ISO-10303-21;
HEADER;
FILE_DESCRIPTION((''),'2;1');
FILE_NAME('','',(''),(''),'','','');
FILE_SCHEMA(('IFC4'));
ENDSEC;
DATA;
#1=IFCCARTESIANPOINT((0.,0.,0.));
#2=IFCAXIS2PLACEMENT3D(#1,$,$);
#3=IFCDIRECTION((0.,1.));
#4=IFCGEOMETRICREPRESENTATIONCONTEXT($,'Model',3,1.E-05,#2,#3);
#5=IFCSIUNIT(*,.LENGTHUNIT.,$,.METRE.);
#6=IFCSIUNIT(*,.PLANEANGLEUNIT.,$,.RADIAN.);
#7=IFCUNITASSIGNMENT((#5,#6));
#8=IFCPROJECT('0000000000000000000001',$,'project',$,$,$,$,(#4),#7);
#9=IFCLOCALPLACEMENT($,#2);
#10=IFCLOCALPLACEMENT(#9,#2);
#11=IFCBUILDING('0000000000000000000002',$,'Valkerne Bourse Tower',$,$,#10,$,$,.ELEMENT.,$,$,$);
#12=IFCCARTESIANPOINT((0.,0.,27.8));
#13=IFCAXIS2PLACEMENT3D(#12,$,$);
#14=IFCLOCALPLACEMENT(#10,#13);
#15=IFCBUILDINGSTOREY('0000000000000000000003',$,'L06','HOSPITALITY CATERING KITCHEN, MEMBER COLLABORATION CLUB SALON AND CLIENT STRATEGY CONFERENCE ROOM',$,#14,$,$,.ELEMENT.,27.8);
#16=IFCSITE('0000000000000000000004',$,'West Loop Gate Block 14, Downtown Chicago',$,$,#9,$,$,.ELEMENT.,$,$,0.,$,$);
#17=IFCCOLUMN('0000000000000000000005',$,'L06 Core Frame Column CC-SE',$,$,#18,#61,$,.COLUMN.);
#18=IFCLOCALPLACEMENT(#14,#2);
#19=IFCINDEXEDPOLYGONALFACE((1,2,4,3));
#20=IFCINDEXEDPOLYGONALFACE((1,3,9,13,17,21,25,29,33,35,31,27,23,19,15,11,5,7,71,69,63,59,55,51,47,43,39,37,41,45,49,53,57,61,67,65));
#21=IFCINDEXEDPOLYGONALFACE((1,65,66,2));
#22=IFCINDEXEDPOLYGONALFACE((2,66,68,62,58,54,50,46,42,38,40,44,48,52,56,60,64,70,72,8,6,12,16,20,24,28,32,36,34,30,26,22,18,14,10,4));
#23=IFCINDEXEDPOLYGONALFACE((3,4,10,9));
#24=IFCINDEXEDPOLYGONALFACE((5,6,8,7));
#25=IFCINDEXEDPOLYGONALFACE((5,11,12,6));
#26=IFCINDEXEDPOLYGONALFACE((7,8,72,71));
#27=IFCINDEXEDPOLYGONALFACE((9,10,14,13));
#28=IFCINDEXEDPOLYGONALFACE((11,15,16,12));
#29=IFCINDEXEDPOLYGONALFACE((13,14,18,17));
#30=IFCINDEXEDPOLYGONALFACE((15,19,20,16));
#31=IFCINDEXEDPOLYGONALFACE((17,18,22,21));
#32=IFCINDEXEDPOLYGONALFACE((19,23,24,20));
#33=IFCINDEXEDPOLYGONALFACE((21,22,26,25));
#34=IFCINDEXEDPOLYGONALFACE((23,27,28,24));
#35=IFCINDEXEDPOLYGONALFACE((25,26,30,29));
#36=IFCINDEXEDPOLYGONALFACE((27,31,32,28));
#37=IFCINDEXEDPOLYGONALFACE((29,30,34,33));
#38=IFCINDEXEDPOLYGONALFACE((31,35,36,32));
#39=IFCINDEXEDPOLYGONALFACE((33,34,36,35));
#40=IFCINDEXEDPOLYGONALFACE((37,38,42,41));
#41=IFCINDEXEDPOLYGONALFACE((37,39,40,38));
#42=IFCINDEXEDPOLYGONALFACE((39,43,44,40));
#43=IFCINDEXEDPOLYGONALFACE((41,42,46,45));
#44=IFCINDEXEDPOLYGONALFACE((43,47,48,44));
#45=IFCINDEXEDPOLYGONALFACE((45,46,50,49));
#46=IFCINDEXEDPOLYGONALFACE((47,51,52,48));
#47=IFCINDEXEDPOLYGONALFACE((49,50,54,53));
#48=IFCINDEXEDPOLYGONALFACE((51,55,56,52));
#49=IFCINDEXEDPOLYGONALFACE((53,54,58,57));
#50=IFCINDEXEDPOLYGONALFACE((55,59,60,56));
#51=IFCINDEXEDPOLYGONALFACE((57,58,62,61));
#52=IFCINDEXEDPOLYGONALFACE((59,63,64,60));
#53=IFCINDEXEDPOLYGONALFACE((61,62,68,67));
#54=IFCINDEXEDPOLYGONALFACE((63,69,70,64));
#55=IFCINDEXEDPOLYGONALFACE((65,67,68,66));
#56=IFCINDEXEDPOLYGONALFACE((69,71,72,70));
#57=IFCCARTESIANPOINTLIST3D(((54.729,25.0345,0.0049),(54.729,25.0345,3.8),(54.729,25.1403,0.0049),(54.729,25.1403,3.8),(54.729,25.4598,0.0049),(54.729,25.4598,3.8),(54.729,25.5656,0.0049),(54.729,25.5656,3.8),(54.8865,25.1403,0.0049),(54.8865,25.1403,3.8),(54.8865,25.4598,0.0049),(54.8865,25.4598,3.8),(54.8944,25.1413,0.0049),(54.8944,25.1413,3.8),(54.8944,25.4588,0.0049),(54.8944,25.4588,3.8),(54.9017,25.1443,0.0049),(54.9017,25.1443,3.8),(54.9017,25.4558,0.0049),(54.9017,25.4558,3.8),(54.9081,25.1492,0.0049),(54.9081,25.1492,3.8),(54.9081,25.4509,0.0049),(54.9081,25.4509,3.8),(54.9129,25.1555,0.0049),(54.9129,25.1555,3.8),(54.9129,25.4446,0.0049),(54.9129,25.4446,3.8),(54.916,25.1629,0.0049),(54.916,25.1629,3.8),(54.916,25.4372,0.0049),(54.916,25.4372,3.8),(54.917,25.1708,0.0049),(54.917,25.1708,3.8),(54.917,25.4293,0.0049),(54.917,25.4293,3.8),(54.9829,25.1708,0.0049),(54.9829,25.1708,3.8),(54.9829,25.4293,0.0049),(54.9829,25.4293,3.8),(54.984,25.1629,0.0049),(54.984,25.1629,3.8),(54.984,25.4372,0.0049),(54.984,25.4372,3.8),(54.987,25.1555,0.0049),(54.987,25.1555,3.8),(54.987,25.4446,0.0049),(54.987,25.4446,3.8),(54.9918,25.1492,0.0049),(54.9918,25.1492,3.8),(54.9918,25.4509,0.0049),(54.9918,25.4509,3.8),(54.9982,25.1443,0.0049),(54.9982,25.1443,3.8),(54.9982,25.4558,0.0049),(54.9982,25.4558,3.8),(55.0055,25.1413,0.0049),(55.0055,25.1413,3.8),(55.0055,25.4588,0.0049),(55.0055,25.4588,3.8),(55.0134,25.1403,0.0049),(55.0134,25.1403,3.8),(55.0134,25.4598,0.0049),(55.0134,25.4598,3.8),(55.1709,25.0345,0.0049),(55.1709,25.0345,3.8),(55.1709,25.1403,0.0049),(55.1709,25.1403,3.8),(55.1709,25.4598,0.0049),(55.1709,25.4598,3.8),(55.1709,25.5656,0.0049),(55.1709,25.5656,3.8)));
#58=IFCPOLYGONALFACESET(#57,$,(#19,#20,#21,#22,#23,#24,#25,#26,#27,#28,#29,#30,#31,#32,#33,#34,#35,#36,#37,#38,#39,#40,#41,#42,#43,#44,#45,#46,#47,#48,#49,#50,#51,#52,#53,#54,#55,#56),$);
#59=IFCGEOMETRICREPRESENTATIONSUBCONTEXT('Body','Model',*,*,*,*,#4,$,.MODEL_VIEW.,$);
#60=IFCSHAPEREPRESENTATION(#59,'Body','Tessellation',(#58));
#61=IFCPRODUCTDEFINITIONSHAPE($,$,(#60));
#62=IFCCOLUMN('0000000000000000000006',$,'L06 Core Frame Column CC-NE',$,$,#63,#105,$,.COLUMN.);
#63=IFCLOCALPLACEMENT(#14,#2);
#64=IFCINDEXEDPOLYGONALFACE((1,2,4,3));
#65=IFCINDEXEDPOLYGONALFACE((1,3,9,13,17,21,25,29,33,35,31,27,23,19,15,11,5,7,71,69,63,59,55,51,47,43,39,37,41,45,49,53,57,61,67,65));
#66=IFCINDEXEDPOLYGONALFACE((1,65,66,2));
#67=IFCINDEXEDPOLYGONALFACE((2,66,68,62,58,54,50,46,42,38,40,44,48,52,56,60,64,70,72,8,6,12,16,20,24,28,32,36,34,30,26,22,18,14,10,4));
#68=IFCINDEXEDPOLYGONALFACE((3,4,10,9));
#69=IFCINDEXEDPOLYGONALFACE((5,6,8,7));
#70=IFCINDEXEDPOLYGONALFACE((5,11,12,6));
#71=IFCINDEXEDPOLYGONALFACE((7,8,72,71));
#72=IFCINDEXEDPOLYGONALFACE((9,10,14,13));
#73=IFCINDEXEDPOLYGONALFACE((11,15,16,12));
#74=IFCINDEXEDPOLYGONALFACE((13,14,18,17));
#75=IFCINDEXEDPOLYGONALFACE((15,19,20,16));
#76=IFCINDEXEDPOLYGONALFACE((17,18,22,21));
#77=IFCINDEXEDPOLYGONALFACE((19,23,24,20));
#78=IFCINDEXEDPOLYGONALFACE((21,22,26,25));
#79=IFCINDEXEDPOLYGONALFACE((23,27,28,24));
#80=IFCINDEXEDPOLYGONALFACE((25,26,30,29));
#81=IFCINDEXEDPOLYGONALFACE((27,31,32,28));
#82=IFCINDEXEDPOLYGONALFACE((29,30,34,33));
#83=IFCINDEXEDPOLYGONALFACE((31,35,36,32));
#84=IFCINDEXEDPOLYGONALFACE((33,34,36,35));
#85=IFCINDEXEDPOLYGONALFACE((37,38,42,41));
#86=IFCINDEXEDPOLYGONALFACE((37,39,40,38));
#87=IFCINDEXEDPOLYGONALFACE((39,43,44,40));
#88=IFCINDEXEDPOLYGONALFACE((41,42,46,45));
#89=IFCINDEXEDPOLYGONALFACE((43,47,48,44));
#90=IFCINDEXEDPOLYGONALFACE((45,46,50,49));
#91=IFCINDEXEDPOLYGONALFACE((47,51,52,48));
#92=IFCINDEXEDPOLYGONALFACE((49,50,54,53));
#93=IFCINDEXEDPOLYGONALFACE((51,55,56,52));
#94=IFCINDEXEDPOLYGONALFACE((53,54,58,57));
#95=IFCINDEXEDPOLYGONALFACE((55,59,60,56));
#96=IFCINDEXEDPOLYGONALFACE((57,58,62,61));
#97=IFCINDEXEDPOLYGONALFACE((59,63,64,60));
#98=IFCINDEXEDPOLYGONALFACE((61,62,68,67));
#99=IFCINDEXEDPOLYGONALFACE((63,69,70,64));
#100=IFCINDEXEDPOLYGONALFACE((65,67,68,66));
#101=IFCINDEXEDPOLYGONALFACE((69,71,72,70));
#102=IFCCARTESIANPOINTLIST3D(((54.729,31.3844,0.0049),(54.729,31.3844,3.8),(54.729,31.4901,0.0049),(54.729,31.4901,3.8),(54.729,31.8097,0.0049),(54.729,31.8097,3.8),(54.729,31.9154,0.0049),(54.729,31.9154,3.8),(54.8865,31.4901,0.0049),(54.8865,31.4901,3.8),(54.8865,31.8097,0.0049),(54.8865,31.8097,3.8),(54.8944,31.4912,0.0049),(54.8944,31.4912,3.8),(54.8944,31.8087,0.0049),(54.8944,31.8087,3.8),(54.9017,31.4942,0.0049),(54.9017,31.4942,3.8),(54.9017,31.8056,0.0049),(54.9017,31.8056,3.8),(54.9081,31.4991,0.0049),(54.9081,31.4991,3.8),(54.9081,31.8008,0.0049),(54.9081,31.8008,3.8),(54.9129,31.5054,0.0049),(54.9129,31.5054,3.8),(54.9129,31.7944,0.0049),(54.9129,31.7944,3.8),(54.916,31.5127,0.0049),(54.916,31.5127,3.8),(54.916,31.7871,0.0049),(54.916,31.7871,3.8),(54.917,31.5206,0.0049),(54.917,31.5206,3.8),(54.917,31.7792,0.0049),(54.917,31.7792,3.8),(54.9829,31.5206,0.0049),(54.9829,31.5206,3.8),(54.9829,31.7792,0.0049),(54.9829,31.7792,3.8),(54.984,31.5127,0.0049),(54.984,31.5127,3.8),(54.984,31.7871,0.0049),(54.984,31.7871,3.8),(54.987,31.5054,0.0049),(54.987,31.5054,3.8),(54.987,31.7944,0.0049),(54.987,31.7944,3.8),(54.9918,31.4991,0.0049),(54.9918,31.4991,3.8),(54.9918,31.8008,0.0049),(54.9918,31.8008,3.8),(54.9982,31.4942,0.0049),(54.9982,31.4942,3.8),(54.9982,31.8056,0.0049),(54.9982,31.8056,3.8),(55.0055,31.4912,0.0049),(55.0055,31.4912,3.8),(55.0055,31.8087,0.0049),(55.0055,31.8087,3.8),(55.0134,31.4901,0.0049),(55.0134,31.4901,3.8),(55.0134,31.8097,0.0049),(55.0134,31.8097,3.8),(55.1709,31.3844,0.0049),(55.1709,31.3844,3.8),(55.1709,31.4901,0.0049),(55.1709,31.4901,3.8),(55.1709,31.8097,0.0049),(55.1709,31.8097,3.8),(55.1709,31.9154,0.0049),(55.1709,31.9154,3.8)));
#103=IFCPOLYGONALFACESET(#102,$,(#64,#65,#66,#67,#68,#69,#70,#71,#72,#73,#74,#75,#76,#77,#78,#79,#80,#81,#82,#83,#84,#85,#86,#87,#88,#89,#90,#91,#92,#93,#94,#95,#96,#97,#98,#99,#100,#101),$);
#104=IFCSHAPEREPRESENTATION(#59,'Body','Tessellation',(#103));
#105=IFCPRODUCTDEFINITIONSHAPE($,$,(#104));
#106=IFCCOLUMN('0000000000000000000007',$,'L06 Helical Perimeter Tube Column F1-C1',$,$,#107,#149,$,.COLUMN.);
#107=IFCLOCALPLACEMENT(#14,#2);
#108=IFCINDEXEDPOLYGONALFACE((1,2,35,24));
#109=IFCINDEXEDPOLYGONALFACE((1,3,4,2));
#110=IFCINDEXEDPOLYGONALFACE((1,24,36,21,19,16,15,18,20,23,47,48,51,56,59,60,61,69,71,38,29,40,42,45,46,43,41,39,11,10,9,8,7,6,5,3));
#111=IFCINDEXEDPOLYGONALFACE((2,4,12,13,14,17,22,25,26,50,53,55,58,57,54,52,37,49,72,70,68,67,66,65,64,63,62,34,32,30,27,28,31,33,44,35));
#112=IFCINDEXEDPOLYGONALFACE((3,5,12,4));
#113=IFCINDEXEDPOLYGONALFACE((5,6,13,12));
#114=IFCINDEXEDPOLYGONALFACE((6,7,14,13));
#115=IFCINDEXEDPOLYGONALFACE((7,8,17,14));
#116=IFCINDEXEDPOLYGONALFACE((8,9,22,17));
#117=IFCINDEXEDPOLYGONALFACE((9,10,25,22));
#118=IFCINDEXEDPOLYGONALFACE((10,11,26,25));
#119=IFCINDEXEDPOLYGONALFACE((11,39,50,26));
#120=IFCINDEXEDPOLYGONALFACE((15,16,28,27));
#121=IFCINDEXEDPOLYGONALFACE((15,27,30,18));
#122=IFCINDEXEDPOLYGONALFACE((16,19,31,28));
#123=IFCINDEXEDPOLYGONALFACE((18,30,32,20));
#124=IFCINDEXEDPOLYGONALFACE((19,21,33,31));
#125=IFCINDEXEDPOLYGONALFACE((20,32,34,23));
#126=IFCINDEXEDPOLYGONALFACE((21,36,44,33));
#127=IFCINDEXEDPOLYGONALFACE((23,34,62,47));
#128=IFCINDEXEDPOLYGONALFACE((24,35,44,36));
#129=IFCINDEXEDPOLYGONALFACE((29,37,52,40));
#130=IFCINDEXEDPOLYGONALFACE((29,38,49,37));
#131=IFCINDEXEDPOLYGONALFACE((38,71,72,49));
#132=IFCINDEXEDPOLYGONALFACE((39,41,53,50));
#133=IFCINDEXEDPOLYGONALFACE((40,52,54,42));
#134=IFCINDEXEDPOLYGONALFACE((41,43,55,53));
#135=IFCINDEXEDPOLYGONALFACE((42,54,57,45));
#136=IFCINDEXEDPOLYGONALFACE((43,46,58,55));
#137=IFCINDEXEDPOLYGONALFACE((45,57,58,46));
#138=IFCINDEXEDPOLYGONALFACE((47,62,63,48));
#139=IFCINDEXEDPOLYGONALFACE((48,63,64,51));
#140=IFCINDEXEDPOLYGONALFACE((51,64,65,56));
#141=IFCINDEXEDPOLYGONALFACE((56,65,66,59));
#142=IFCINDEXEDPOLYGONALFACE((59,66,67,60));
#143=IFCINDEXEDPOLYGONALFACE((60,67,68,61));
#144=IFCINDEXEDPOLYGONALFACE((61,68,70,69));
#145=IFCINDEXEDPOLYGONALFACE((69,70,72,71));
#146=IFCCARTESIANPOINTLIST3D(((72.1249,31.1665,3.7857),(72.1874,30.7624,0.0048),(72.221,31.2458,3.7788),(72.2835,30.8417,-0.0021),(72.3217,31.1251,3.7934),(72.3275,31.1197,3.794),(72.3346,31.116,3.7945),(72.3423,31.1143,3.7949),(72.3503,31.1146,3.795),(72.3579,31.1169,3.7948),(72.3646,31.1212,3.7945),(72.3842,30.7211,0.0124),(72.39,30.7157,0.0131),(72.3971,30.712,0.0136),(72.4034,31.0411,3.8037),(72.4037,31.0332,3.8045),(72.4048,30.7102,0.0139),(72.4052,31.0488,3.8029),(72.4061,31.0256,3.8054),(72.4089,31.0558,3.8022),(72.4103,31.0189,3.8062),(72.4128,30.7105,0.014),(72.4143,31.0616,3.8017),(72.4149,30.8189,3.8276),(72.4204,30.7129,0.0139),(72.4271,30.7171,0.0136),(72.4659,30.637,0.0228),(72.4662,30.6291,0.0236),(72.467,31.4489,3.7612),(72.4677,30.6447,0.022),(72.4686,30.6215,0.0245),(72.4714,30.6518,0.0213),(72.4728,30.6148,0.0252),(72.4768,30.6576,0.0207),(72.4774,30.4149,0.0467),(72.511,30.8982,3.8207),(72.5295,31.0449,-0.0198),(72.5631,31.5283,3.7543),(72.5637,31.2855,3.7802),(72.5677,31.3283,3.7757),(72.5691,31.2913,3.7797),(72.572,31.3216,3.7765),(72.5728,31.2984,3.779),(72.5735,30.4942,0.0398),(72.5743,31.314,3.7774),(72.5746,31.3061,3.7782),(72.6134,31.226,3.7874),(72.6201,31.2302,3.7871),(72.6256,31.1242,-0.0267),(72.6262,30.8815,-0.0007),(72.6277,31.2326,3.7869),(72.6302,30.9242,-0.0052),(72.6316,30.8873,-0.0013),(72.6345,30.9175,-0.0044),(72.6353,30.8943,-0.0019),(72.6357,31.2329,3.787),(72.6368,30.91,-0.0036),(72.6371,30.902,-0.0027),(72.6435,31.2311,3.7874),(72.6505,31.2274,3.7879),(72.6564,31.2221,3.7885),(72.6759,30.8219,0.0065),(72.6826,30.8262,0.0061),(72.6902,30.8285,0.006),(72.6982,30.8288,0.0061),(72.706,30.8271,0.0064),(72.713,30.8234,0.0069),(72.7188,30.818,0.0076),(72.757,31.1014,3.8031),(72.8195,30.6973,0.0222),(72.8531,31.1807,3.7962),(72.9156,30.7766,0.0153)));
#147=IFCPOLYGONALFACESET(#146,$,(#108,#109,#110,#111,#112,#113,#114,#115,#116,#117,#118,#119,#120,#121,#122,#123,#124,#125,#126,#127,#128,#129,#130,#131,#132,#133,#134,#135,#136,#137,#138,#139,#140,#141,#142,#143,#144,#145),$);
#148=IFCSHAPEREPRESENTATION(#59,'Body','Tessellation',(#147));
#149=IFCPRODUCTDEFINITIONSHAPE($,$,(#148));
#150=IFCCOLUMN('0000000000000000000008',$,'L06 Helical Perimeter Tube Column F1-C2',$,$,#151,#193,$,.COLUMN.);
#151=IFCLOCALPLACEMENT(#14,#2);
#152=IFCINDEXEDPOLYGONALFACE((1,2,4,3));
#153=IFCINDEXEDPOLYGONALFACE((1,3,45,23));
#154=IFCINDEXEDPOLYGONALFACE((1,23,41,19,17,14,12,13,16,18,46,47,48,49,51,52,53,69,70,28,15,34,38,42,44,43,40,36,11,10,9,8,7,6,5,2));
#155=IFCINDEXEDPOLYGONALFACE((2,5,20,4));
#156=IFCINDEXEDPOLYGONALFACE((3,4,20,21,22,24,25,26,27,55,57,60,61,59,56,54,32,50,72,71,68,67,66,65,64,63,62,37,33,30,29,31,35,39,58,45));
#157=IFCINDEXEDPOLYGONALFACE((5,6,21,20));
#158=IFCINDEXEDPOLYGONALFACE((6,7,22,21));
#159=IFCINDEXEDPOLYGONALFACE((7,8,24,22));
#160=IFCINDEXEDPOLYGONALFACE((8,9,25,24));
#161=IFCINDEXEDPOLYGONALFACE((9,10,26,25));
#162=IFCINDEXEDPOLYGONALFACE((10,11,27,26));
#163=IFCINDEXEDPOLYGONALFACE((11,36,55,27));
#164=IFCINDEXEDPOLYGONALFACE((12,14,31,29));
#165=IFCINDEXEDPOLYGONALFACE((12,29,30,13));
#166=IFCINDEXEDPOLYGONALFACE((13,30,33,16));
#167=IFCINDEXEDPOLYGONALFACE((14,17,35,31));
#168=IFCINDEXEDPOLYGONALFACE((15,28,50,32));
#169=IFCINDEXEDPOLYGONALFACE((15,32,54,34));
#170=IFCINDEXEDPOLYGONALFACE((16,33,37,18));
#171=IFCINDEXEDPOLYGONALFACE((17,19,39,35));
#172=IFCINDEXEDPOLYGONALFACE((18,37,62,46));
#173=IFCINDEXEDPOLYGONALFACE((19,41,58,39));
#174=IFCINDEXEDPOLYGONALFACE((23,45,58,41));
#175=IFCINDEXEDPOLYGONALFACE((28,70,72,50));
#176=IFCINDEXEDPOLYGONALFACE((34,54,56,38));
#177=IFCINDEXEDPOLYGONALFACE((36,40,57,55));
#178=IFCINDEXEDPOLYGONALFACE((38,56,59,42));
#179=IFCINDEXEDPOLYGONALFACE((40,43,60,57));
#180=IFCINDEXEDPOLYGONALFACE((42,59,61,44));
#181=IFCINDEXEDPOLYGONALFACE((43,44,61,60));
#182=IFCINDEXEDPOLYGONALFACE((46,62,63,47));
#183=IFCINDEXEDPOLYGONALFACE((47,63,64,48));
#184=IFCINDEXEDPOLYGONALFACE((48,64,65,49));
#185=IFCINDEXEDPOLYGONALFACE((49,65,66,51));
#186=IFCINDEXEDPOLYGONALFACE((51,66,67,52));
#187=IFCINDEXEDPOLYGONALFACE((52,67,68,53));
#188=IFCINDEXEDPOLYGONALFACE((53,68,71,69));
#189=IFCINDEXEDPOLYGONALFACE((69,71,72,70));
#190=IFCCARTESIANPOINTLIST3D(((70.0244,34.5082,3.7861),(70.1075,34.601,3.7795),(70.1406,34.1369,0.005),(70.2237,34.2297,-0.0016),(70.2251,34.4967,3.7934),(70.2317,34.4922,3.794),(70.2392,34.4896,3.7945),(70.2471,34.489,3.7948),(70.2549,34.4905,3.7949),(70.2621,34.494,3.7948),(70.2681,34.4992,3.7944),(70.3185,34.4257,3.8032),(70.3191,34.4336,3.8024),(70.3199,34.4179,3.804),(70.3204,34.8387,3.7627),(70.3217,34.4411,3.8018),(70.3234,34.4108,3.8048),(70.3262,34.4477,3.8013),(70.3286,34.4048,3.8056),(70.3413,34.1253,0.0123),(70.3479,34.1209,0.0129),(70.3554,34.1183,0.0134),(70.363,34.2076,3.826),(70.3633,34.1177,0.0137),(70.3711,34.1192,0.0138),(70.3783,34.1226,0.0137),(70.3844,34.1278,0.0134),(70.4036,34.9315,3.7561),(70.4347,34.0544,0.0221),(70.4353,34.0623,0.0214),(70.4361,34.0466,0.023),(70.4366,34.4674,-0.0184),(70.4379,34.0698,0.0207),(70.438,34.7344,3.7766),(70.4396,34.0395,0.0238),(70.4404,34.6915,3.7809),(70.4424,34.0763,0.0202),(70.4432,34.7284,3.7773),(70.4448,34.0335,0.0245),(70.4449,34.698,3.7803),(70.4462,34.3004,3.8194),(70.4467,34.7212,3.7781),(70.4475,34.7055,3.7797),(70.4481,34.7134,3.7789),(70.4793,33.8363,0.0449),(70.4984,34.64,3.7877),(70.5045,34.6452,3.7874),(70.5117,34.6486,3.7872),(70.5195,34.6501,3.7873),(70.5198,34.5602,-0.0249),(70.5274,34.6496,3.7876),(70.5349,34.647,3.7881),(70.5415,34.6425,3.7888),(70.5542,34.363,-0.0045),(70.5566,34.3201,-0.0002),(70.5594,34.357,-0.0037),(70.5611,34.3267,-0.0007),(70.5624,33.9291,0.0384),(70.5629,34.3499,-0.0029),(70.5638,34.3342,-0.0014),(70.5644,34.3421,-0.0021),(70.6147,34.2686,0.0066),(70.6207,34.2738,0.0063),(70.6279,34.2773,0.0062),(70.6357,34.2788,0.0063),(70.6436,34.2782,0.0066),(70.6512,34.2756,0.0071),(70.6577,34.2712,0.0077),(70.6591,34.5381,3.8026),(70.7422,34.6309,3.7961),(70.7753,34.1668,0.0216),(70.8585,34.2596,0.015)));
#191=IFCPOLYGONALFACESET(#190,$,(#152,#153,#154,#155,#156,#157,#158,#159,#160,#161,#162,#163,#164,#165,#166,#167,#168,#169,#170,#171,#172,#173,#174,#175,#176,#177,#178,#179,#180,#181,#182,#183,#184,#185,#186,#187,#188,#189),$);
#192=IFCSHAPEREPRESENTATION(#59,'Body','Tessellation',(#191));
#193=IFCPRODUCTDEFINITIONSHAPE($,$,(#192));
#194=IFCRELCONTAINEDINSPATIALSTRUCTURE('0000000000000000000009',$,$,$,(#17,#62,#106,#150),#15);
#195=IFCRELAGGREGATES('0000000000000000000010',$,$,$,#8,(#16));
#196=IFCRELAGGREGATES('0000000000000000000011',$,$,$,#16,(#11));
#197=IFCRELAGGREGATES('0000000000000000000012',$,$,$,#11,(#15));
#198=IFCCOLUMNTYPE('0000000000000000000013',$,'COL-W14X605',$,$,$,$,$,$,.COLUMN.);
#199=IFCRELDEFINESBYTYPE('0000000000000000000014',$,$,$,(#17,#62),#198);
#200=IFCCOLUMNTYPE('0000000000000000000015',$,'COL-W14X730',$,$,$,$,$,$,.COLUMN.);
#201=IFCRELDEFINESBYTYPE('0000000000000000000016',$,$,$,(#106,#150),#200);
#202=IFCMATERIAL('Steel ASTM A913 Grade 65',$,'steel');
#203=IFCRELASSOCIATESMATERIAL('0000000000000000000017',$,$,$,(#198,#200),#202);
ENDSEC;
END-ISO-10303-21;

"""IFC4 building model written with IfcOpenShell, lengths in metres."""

from ifc_helpers import new_model, si_unit, direction, frame, origin, origin_2d, place, context, subcontext, project, spatial, i_section, extrude, material, material_profile, profile_set, type_object, element, save


model = new_model("IFC4")

# Units and contexts
model_context = context("Model", 3, precision=1e-05, world=origin(), true_north=direction((0.0, 1.0)))
body_context = subcontext(model_context, "Body", "Model", "MODEL_VIEW")
ifc_project = project(units=[si_unit("LENGTHUNIT", "METRE"), si_unit("PLANEANGLEUNIT", "RADIAN")], contexts=[model_context])

# Site, building, storey
site_placement = place(None, origin())
site = spatial("IfcSite", under=ifc_project, at=site_placement, Name="West Loop Gate Block 14, Downtown Chicago", CompositionType="ELEMENT", RefElevation=0.0)
building_placement = place(site_placement, origin())
building = spatial("IfcBuilding", under=site, at=building_placement, Name="Valkerne Bourse Tower", CompositionType="ELEMENT")
storey_placement = place(building_placement, frame((0.0, 0.0, 27.8)))
storey = spatial("IfcBuildingStorey", under=building, at=storey_placement, Name="L06", Description="HOSPITALITY CATERING KITCHEN, MEMBER COLLABORATION CLUB SALON AND CLIENT STRATEGY CONFERENCE ROOM", CompositionType="ELEMENT", Elevation=27.8)

# Columns
ifc_material_1 = material(Name="Steel ASTM A913 Grade 65", Category="steel")
ifc_material_profile_1 = material_profile(ifc_material_1, i_section(OverallWidth=0.4419, OverallDepth=0.531, WebThickness=0.0659, FlangeThickness=0.1057, FilletRadius=0.0305, at=origin_2d()), Name="W14X605")
ifc_profile_set_1 = profile_set([ifc_material_profile_1], Name="Steel ASTM A913 Grade 65")
column_type_1 = type_object("IfcColumnType", Name="COL-W14X605", PredefinedType="COLUMN", material=ifc_profile_set_1)
for number, where, z_axis, x_axis, name in (
    (1, (54.95, 25.3, 0.0049), (0.0, 0.0, 1.0), (1.0, 0.0, 0.0), "L06 Core Frame Column CC-SE"),
    (2, (54.95, 31.6499, 0.0049), (0.0, 0.0, 1.0), (1.0, 0.0, 0.0), "L06 Core Frame Column CC-NE"),
):
    element("IfcColumn", number, at=place(storey_placement, frame(where, z_axis=z_axis, x_axis=x_axis)), inside=storey, type_object=column_type_1, Name=name, PredefinedType="COLUMN", context=body_context, shape_type="SweptSolid", body=[
        extrude(i_section(OverallWidth=0.4419, OverallDepth=0.531, WebThickness=0.0659, FlangeThickness=0.1057, FilletRadius=0.0305, at=origin_2d()), origin(), (0.0, 0.0, 1.0), 3.7952),
    ])
ifc_material_profile_2 = material_profile(ifc_material_1, i_section(OverallWidth=0.4546, OverallDepth=0.5691, WebThickness=0.0779, FlangeThickness=0.1248, FilletRadius=0.0305, at=origin_2d()), Name="W14X730")
ifc_profile_set_2 = profile_set([ifc_material_profile_2], Name="Steel ASTM A913 Grade 65")
column_type_2 = type_object("IfcColumnType", Name="COL-W14X730", PredefinedType="COLUMN", material=ifc_profile_set_2)
column_1_placement = place(storey_placement, frame((72.5515, 30.7695, 0.01), z_axis=(-0.016434, 0.106244, 0.994204), x_axis=(0.637913, -0.764563, 0.092249)))
element("IfcColumn", 3, at=column_1_placement, inside=storey, type_object=column_type_2, Name="L06 Helical Perimeter Tube Column F1-C1", PredefinedType="COLUMN", context=body_context, shape_type="SweptSolid", body=[
    extrude(i_section(OverallWidth=0.4546, OverallDepth=0.5691, WebThickness=0.0779, FlangeThickness=0.1248, FilletRadius=0.0305, at=origin_2d()), origin(), (0.0, 0.0, 1.0), 3.803),
])
column_2_placement = place(storey_placement, frame((70.4995, 34.1982, 0.01), z_axis=(-0.030574, 0.097695, 0.994747), x_axis=(0.745032, -0.66122, 0.087838)))
element("IfcColumn", 4, at=column_2_placement, inside=storey, type_object=column_type_2, Name="L06 Helical Perimeter Tube Column F1-C2", PredefinedType="COLUMN", context=body_context, shape_type="SweptSolid", body=[
    extrude(i_section(OverallWidth=0.4546, OverallDepth=0.5691, WebThickness=0.0779, FlangeThickness=0.1248, FilletRadius=0.0305, at=origin_2d()), origin(), (0.0, 0.0, 1.0), 3.801),
])

save(model, "model.ifc")
